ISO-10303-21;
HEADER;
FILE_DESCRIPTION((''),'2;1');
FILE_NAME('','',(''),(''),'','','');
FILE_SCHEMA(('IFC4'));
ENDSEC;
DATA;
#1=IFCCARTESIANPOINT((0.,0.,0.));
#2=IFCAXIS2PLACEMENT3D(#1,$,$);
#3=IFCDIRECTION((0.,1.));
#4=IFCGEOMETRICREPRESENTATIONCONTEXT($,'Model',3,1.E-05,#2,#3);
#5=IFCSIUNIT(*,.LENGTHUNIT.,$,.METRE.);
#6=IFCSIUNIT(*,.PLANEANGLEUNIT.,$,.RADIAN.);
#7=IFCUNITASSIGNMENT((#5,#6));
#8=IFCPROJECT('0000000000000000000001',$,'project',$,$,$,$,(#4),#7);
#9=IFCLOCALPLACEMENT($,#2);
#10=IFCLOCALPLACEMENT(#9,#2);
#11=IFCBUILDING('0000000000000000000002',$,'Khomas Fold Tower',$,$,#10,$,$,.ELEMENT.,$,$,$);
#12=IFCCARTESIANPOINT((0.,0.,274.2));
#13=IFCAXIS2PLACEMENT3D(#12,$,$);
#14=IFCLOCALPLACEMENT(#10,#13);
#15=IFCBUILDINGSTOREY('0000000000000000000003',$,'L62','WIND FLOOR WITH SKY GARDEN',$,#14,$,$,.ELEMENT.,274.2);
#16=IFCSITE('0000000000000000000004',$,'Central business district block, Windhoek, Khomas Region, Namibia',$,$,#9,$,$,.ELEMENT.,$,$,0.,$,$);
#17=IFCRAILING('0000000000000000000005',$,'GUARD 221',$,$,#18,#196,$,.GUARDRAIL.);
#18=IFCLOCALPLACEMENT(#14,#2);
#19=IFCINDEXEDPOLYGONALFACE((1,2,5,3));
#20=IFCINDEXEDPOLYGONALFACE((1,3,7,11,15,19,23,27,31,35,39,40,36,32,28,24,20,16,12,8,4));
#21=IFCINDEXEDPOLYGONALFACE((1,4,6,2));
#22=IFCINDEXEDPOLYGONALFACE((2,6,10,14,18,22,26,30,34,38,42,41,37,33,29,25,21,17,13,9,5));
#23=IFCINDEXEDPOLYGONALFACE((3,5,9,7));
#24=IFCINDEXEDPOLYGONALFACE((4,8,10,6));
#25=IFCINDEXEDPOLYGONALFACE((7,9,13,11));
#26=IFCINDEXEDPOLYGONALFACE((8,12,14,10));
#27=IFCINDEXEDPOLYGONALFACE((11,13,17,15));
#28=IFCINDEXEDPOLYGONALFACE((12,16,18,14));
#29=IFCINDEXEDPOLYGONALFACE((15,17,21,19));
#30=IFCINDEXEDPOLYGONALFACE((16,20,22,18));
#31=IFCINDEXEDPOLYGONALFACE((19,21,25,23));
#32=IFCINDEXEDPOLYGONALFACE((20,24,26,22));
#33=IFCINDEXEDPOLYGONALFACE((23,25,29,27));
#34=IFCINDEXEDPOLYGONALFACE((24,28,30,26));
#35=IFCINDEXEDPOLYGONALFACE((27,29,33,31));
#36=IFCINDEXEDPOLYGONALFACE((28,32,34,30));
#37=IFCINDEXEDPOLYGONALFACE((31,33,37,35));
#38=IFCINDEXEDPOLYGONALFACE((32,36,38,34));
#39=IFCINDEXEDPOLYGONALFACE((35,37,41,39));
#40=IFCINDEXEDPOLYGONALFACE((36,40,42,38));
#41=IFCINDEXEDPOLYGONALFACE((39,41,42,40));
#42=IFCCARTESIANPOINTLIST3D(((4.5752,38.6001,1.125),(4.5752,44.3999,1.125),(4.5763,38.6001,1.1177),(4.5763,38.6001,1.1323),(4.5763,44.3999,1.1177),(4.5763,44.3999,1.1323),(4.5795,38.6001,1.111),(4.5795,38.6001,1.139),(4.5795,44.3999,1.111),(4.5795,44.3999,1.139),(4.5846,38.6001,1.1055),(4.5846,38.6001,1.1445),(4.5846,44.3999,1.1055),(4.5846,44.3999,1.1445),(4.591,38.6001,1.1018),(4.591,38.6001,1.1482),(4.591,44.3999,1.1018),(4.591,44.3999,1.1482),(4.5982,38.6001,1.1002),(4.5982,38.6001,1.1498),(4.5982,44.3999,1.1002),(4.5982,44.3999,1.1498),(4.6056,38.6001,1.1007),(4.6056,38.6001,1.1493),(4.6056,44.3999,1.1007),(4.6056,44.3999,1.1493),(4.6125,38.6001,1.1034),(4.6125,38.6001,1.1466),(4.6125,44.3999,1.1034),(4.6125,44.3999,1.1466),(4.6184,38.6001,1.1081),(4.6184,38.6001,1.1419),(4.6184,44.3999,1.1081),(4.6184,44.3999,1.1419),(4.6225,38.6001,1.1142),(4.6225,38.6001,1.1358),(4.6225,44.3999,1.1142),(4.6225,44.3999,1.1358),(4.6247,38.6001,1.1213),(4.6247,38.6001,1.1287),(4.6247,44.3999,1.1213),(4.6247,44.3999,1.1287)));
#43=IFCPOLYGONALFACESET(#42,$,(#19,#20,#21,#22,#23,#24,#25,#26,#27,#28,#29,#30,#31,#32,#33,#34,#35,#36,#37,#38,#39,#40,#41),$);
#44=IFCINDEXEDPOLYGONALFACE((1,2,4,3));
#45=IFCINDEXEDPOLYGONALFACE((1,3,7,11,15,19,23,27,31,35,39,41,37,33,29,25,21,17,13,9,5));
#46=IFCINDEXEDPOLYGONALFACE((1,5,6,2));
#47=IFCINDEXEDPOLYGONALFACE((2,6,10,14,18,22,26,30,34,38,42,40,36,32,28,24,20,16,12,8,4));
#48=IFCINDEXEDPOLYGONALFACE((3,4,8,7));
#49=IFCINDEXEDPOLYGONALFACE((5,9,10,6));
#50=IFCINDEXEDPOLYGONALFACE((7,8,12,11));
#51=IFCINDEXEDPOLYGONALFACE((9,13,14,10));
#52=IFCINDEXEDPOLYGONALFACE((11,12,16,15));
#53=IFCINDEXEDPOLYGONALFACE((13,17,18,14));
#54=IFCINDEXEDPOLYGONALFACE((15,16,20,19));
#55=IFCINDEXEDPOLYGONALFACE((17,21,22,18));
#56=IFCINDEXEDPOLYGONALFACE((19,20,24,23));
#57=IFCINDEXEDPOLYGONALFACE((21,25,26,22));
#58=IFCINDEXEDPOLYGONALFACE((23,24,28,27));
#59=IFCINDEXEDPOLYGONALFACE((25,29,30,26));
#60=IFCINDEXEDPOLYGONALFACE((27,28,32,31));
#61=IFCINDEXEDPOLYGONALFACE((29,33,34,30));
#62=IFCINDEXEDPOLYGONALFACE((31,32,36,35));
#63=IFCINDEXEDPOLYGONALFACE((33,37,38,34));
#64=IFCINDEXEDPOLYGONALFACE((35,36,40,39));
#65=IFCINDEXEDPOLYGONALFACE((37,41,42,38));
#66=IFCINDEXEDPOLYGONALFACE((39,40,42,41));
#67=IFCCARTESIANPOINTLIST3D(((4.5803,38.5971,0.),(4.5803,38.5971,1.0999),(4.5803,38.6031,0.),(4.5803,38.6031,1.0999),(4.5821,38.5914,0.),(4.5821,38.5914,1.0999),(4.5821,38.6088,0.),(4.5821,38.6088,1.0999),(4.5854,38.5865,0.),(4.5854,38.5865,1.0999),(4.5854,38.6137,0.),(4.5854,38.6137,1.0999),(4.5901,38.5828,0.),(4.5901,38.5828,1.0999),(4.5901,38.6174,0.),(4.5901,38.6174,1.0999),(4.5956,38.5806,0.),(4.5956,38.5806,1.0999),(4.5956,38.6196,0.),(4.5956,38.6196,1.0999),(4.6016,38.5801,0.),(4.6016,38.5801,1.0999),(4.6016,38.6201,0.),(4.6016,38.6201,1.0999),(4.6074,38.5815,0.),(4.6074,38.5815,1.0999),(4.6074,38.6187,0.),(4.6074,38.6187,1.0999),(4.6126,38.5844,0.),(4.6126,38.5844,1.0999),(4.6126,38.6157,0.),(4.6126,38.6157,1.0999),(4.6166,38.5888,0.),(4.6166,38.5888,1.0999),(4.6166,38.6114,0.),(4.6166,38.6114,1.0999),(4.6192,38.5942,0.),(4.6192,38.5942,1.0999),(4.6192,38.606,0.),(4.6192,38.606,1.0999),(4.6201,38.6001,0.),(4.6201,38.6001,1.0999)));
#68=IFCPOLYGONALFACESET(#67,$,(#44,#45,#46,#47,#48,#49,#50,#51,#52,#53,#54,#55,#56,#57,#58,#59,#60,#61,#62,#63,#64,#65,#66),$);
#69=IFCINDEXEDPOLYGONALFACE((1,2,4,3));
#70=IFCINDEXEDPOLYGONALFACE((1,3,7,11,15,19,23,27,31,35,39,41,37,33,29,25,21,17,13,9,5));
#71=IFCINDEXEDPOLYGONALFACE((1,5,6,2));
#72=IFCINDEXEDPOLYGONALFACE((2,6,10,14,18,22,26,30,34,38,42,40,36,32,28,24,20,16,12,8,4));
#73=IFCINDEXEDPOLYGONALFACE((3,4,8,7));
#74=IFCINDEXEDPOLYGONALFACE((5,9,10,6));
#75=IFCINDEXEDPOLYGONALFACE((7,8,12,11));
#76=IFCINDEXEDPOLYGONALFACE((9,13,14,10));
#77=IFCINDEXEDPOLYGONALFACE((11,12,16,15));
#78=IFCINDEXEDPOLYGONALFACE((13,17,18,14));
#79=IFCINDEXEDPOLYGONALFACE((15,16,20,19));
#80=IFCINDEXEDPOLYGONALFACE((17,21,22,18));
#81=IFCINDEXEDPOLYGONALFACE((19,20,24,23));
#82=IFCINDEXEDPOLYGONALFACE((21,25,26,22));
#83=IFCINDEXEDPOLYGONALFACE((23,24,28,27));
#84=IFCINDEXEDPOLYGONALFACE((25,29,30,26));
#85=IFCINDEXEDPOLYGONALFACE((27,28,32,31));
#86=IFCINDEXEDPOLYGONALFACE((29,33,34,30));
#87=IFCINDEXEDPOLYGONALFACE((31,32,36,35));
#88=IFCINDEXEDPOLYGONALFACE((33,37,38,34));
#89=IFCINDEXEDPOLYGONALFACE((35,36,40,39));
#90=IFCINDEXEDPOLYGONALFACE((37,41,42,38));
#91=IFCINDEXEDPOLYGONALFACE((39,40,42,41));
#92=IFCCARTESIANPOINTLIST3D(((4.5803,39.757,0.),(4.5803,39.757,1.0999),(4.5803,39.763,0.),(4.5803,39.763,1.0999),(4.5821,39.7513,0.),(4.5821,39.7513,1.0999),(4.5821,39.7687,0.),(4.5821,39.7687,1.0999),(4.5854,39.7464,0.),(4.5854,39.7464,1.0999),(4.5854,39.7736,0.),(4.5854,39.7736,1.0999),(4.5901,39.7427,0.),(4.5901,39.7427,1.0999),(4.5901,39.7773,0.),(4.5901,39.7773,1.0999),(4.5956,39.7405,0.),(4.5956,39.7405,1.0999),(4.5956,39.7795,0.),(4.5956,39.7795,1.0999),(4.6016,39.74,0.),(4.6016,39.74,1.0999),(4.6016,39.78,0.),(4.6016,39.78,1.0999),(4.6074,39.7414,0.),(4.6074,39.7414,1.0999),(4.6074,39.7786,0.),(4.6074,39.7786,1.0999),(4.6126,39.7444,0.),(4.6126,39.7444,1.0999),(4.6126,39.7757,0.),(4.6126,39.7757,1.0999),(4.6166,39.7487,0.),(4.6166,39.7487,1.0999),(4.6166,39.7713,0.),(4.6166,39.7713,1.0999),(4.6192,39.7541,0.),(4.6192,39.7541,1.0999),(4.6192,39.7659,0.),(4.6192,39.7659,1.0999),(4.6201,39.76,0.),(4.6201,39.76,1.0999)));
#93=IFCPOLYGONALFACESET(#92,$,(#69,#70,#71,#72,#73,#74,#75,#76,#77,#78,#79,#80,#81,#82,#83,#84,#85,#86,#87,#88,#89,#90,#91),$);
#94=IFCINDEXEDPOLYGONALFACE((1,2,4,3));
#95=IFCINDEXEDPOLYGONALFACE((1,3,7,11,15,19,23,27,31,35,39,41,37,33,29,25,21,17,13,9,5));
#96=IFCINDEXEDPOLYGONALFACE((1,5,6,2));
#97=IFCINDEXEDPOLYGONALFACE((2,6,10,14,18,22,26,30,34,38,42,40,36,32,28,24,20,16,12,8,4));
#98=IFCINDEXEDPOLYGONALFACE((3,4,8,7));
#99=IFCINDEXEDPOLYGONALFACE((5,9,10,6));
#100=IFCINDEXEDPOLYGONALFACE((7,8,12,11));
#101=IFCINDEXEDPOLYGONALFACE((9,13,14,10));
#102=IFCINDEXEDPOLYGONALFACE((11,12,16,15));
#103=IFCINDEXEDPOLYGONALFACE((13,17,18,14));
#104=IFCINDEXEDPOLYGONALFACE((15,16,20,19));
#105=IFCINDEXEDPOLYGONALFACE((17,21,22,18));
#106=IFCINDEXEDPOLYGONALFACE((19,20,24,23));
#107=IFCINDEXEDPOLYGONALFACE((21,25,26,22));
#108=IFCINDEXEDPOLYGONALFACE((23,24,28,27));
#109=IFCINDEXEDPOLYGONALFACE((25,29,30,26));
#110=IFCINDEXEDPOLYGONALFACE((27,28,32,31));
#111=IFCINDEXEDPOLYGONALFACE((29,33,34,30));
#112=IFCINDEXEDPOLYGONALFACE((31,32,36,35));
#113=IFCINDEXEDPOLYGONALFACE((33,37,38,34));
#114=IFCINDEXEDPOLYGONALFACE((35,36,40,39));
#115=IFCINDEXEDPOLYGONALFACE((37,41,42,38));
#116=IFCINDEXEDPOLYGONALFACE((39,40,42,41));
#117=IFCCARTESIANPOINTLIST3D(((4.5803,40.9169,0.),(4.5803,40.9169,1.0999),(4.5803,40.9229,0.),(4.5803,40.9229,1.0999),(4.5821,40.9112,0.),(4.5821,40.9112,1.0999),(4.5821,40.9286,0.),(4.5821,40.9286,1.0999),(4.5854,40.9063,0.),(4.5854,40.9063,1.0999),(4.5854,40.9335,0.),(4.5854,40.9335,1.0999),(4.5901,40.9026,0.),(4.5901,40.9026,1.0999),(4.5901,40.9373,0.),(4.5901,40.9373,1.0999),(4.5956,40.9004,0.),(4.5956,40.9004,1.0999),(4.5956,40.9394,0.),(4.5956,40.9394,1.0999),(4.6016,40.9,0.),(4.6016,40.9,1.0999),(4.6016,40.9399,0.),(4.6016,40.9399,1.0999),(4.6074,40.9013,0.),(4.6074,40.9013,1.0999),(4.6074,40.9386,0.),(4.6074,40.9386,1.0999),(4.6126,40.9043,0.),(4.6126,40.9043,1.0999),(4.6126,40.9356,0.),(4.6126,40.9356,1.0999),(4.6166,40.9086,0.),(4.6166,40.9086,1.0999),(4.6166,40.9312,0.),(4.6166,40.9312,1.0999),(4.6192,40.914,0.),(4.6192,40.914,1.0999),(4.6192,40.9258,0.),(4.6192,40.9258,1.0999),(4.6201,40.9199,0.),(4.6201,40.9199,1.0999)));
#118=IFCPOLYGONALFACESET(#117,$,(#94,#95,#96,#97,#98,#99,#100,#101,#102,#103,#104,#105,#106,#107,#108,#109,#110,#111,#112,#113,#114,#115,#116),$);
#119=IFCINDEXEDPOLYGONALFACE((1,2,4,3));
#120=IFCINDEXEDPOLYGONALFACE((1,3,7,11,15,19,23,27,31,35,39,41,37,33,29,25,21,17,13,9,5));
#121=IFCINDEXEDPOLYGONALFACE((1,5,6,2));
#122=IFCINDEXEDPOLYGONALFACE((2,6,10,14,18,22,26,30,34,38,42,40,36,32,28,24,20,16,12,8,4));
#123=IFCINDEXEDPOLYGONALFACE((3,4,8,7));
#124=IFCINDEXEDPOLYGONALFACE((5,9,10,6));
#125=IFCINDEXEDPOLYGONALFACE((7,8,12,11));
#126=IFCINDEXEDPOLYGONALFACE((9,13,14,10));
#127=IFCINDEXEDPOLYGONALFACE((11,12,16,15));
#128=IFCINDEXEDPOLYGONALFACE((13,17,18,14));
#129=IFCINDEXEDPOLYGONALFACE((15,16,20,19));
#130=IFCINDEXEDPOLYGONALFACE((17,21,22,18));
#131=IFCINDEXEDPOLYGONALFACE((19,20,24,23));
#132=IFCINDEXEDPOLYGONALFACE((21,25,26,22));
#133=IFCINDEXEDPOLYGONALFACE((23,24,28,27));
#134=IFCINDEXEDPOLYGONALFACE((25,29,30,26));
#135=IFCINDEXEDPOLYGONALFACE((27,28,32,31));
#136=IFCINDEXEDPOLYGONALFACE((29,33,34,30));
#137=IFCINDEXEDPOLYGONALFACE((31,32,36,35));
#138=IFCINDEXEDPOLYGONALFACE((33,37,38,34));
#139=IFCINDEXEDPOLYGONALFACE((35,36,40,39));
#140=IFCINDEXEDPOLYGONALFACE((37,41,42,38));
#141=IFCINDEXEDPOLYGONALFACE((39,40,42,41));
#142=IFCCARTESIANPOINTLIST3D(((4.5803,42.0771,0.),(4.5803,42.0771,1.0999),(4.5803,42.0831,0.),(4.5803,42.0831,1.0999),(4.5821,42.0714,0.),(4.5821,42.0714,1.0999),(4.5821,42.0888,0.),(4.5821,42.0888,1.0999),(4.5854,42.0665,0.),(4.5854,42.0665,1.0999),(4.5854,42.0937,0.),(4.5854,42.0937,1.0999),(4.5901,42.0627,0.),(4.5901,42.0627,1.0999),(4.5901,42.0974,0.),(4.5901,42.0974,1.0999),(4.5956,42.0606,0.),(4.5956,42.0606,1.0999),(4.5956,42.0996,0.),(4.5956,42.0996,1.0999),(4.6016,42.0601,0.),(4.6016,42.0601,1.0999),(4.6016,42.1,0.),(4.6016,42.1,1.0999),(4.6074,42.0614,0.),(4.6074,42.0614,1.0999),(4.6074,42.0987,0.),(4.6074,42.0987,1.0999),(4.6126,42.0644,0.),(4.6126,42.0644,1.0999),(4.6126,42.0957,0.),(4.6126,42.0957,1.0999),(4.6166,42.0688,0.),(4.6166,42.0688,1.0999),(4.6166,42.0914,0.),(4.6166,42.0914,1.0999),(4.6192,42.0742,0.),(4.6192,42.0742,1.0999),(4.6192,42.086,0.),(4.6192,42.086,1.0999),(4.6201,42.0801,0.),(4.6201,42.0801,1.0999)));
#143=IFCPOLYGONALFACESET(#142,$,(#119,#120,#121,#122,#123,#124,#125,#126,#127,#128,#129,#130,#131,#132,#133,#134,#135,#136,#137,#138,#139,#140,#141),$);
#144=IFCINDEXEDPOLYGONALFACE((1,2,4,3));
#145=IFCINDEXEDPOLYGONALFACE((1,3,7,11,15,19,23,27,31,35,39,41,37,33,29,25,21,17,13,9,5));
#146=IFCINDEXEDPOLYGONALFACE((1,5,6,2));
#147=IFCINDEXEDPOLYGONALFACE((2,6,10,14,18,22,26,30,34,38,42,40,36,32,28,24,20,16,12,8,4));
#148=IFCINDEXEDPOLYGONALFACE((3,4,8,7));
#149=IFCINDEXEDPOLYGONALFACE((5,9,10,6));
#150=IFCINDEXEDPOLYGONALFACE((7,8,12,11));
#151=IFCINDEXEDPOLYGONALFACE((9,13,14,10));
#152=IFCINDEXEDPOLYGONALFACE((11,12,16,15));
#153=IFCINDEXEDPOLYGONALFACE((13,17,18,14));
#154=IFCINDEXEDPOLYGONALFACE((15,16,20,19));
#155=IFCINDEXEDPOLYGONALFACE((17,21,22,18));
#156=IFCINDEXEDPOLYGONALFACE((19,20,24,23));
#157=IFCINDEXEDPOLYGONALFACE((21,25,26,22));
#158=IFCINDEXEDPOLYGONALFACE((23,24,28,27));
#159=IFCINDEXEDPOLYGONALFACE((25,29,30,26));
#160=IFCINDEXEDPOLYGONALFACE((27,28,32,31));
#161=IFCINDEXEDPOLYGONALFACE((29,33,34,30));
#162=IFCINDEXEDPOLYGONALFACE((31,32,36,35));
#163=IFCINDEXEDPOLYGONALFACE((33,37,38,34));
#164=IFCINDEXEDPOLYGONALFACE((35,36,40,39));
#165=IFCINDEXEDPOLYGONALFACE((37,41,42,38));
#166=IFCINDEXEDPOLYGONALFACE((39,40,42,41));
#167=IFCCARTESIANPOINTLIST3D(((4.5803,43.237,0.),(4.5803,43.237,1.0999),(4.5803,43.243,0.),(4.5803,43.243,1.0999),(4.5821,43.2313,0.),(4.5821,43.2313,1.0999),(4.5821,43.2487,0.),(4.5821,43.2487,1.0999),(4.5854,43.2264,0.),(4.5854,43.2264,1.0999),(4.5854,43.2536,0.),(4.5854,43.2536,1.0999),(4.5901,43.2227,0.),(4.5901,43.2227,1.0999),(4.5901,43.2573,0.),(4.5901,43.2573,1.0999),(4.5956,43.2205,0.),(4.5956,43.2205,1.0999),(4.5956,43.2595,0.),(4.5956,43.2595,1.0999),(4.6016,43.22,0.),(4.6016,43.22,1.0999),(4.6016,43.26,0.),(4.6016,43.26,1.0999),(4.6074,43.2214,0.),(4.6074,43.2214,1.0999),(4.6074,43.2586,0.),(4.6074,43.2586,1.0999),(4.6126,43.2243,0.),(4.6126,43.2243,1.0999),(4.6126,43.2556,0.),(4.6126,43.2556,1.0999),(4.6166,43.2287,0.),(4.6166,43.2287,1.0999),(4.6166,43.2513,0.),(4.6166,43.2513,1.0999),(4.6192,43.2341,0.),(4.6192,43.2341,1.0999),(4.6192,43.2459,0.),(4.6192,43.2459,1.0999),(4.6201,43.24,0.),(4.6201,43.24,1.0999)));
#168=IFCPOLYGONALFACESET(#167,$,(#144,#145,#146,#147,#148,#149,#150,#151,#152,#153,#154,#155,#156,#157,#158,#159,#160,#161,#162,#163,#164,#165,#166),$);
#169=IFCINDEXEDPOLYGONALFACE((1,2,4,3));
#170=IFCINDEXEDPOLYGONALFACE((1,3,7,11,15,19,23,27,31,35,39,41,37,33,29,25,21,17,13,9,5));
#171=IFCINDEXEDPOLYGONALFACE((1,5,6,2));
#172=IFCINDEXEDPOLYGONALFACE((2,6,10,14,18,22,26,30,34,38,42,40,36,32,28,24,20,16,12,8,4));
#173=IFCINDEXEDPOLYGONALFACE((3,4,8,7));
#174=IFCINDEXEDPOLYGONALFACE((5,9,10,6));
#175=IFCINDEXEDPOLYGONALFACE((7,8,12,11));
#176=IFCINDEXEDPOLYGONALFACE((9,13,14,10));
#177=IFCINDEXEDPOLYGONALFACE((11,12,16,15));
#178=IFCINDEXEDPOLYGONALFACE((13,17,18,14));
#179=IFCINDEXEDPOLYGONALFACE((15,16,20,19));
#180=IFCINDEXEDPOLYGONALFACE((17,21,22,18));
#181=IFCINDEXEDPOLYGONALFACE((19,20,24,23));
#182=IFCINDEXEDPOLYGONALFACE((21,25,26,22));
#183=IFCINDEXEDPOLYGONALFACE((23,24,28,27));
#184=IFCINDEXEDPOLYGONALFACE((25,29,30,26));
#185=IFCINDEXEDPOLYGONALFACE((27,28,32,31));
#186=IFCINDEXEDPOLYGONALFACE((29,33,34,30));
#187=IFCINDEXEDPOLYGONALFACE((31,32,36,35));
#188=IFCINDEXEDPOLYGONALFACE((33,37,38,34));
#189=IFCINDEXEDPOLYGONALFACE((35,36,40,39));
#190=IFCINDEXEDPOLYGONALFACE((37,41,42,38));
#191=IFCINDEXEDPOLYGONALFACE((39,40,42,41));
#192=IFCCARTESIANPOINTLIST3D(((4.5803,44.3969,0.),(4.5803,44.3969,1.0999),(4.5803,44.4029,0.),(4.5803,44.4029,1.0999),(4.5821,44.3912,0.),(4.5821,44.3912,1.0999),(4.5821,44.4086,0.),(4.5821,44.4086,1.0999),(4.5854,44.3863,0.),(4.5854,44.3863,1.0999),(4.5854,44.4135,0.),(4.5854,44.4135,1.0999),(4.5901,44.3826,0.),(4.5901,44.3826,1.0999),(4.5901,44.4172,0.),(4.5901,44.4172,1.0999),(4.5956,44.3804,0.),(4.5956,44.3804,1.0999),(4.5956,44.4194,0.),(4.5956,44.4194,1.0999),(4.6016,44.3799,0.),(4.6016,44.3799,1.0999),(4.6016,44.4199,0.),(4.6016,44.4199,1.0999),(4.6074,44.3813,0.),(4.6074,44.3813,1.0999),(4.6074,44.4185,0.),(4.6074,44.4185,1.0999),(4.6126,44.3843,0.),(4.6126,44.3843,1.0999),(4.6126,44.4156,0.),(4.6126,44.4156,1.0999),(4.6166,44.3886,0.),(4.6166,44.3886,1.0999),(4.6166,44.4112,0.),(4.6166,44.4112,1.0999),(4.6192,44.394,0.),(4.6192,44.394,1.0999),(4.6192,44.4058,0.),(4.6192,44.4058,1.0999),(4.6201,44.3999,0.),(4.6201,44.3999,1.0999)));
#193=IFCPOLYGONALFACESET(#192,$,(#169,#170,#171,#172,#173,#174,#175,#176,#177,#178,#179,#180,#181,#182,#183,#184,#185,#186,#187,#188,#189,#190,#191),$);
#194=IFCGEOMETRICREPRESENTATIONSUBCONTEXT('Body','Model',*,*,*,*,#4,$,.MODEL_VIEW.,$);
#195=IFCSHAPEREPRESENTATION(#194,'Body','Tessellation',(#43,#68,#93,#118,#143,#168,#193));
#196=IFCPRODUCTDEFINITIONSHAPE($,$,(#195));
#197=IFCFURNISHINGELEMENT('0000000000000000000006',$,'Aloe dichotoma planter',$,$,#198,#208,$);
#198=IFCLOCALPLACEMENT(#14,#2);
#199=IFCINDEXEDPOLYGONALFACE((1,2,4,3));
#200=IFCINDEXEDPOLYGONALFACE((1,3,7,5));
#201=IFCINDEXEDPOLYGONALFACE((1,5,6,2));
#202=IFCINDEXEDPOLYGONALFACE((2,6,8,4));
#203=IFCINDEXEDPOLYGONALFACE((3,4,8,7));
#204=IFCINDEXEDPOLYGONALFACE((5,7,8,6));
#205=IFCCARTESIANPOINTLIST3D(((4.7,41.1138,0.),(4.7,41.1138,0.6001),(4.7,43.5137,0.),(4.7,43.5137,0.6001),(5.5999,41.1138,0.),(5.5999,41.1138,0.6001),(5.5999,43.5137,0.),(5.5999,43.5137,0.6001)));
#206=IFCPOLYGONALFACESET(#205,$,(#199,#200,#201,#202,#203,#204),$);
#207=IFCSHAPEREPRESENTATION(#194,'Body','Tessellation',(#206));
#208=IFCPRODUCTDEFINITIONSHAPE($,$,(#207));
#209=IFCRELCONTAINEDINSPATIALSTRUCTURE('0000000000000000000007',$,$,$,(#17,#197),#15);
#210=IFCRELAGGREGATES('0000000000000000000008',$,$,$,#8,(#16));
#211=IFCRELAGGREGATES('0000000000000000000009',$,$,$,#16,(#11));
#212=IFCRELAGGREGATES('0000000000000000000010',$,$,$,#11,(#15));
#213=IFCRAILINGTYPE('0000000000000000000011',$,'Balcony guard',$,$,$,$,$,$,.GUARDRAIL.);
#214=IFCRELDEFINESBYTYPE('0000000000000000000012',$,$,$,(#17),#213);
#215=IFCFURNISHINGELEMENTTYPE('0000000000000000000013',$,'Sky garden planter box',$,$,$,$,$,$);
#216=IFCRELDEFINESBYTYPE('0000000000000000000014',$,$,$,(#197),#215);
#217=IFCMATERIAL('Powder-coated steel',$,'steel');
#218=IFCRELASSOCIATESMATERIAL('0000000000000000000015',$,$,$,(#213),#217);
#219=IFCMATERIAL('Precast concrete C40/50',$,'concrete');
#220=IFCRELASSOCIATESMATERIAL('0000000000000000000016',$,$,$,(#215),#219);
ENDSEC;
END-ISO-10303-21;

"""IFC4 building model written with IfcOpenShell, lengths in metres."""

from ifc_helpers import new_model, si_unit, direction, frame, origin, origin_2d, place, context, subcontext, project, spatial, rectangle, circle, extrude, source, transform, mapped, material, type_object, element, save


model = new_model("IFC4")

# Units and contexts
model_context = context("Model", 3, precision=1e-05, world=origin(), true_north=direction((0.0, 1.0)))
body_context = subcontext(model_context, "Body", "Model", "MODEL_VIEW")
ifc_project = project(units=[si_unit("LENGTHUNIT", "METRE"), si_unit("PLANEANGLEUNIT", "RADIAN")], contexts=[model_context])

# Site, building, storey
site_placement = place(None, origin())
site = spatial("IfcSite", under=ifc_project, at=site_placement, Name="Central business district block, Windhoek, Khomas Region, Namibia", CompositionType="ELEMENT", RefElevation=0.0)
building_placement = place(site_placement, origin())
building = spatial("IfcBuilding", under=site, at=building_placement, Name="Khomas Fold Tower", CompositionType="ELEMENT")
storey_placement = place(building_placement, frame((0.0, 0.0, 274.2)))
storey = spatial("IfcBuildingStorey", under=building, at=storey_placement, Name="L62", Description="WIND FLOOR WITH SKY GARDEN", CompositionType="ELEMENT", Elevation=274.2)

# Railing
ifc_material_1 = material(Name="Powder-coated steel", Category="steel")
railing_type = type_object("IfcRailingType", Name="Balcony guard", PredefinedType="GUARDRAIL", material=ifc_material_1)
shared_shape_1 = source(origin(), body_context, "Body", "SweptSolid", [
    extrude(circle(Radius=0.0249, at=origin_2d()), frame((0.0, 0.0, 1.125), z_axis=(0.0, 1.0, 0.0), x_axis=(-1.0, 0.0, 0.0)), (0.0, 0.0, 1.0), 5.7998),
    extrude(circle(Radius=0.02, at=origin_2d()), origin(), (0.0, 0.0, 1.0), 1.0999),
    extrude(circle(Radius=0.02, at=origin_2d()), frame((0.0, 1.1599, 0.0)), (0.0, 0.0, 1.0), 1.0999),
    extrude(circle(Radius=0.02, at=origin_2d()), frame((0.0, 2.3198, 0.0)), (0.0, 0.0, 1.0), 1.0999),
    extrude(circle(Radius=0.02, at=origin_2d()), frame((0.0, 3.48, 0.0)), (0.0, 0.0, 1.0), 1.0999),
    extrude(circle(Radius=0.02, at=origin_2d()), frame((0.0, 4.6399, 0.0)), (0.0, 0.0, 1.0), 1.0999),
    extrude(circle(Radius=0.02, at=origin_2d()), frame((0.0, 5.7998, 0.0)), (0.0, 0.0, 1.0), 1.0999),
])
railing_placement = place(storey_placement, frame((4.6001, 38.6001, 0.0)))
element("IfcRailing", 1, at=railing_placement, inside=storey, type_object=railing_type, Name="GUARD 221", PredefinedType="GUARDRAIL", context=body_context, shape_type="MappedRepresentation", body=[
    mapped(shared_shape_1, transform((0.0, 0.0, 0.0))),
])

# Furnishing element
ifc_material_2 = material(Name="Precast concrete C40/50", Category="concrete")
furnishing_element_type_1 = type_object("IfcFurnishingElementType", Name="Sky garden planter box", material=ifc_material_2)
shared_shape_2 = source(origin(), body_context, "Body", "SweptSolid", [
    extrude(rectangle(XDim=2.3999, YDim=0.8999, at=origin_2d()), origin(), (0.0, 0.0, 1.0), 0.6001),
])
furnishing_1_placement = place(storey_placement, frame((5.1499, 42.3137, 0.0), z_axis=(0.0, 0.0, 1.0), x_axis=(0.0, 1.0, 0.0)))
element("IfcFurnishingElement", 2, at=furnishing_1_placement, inside=storey, type_object=furnishing_element_type_1, Name="Aloe dichotoma planter", context=body_context, shape_type="MappedRepresentation", body=[
    mapped(shared_shape_2, transform((0.0, 0.0, 0.0))),
])

save(model, "model.ifc")
